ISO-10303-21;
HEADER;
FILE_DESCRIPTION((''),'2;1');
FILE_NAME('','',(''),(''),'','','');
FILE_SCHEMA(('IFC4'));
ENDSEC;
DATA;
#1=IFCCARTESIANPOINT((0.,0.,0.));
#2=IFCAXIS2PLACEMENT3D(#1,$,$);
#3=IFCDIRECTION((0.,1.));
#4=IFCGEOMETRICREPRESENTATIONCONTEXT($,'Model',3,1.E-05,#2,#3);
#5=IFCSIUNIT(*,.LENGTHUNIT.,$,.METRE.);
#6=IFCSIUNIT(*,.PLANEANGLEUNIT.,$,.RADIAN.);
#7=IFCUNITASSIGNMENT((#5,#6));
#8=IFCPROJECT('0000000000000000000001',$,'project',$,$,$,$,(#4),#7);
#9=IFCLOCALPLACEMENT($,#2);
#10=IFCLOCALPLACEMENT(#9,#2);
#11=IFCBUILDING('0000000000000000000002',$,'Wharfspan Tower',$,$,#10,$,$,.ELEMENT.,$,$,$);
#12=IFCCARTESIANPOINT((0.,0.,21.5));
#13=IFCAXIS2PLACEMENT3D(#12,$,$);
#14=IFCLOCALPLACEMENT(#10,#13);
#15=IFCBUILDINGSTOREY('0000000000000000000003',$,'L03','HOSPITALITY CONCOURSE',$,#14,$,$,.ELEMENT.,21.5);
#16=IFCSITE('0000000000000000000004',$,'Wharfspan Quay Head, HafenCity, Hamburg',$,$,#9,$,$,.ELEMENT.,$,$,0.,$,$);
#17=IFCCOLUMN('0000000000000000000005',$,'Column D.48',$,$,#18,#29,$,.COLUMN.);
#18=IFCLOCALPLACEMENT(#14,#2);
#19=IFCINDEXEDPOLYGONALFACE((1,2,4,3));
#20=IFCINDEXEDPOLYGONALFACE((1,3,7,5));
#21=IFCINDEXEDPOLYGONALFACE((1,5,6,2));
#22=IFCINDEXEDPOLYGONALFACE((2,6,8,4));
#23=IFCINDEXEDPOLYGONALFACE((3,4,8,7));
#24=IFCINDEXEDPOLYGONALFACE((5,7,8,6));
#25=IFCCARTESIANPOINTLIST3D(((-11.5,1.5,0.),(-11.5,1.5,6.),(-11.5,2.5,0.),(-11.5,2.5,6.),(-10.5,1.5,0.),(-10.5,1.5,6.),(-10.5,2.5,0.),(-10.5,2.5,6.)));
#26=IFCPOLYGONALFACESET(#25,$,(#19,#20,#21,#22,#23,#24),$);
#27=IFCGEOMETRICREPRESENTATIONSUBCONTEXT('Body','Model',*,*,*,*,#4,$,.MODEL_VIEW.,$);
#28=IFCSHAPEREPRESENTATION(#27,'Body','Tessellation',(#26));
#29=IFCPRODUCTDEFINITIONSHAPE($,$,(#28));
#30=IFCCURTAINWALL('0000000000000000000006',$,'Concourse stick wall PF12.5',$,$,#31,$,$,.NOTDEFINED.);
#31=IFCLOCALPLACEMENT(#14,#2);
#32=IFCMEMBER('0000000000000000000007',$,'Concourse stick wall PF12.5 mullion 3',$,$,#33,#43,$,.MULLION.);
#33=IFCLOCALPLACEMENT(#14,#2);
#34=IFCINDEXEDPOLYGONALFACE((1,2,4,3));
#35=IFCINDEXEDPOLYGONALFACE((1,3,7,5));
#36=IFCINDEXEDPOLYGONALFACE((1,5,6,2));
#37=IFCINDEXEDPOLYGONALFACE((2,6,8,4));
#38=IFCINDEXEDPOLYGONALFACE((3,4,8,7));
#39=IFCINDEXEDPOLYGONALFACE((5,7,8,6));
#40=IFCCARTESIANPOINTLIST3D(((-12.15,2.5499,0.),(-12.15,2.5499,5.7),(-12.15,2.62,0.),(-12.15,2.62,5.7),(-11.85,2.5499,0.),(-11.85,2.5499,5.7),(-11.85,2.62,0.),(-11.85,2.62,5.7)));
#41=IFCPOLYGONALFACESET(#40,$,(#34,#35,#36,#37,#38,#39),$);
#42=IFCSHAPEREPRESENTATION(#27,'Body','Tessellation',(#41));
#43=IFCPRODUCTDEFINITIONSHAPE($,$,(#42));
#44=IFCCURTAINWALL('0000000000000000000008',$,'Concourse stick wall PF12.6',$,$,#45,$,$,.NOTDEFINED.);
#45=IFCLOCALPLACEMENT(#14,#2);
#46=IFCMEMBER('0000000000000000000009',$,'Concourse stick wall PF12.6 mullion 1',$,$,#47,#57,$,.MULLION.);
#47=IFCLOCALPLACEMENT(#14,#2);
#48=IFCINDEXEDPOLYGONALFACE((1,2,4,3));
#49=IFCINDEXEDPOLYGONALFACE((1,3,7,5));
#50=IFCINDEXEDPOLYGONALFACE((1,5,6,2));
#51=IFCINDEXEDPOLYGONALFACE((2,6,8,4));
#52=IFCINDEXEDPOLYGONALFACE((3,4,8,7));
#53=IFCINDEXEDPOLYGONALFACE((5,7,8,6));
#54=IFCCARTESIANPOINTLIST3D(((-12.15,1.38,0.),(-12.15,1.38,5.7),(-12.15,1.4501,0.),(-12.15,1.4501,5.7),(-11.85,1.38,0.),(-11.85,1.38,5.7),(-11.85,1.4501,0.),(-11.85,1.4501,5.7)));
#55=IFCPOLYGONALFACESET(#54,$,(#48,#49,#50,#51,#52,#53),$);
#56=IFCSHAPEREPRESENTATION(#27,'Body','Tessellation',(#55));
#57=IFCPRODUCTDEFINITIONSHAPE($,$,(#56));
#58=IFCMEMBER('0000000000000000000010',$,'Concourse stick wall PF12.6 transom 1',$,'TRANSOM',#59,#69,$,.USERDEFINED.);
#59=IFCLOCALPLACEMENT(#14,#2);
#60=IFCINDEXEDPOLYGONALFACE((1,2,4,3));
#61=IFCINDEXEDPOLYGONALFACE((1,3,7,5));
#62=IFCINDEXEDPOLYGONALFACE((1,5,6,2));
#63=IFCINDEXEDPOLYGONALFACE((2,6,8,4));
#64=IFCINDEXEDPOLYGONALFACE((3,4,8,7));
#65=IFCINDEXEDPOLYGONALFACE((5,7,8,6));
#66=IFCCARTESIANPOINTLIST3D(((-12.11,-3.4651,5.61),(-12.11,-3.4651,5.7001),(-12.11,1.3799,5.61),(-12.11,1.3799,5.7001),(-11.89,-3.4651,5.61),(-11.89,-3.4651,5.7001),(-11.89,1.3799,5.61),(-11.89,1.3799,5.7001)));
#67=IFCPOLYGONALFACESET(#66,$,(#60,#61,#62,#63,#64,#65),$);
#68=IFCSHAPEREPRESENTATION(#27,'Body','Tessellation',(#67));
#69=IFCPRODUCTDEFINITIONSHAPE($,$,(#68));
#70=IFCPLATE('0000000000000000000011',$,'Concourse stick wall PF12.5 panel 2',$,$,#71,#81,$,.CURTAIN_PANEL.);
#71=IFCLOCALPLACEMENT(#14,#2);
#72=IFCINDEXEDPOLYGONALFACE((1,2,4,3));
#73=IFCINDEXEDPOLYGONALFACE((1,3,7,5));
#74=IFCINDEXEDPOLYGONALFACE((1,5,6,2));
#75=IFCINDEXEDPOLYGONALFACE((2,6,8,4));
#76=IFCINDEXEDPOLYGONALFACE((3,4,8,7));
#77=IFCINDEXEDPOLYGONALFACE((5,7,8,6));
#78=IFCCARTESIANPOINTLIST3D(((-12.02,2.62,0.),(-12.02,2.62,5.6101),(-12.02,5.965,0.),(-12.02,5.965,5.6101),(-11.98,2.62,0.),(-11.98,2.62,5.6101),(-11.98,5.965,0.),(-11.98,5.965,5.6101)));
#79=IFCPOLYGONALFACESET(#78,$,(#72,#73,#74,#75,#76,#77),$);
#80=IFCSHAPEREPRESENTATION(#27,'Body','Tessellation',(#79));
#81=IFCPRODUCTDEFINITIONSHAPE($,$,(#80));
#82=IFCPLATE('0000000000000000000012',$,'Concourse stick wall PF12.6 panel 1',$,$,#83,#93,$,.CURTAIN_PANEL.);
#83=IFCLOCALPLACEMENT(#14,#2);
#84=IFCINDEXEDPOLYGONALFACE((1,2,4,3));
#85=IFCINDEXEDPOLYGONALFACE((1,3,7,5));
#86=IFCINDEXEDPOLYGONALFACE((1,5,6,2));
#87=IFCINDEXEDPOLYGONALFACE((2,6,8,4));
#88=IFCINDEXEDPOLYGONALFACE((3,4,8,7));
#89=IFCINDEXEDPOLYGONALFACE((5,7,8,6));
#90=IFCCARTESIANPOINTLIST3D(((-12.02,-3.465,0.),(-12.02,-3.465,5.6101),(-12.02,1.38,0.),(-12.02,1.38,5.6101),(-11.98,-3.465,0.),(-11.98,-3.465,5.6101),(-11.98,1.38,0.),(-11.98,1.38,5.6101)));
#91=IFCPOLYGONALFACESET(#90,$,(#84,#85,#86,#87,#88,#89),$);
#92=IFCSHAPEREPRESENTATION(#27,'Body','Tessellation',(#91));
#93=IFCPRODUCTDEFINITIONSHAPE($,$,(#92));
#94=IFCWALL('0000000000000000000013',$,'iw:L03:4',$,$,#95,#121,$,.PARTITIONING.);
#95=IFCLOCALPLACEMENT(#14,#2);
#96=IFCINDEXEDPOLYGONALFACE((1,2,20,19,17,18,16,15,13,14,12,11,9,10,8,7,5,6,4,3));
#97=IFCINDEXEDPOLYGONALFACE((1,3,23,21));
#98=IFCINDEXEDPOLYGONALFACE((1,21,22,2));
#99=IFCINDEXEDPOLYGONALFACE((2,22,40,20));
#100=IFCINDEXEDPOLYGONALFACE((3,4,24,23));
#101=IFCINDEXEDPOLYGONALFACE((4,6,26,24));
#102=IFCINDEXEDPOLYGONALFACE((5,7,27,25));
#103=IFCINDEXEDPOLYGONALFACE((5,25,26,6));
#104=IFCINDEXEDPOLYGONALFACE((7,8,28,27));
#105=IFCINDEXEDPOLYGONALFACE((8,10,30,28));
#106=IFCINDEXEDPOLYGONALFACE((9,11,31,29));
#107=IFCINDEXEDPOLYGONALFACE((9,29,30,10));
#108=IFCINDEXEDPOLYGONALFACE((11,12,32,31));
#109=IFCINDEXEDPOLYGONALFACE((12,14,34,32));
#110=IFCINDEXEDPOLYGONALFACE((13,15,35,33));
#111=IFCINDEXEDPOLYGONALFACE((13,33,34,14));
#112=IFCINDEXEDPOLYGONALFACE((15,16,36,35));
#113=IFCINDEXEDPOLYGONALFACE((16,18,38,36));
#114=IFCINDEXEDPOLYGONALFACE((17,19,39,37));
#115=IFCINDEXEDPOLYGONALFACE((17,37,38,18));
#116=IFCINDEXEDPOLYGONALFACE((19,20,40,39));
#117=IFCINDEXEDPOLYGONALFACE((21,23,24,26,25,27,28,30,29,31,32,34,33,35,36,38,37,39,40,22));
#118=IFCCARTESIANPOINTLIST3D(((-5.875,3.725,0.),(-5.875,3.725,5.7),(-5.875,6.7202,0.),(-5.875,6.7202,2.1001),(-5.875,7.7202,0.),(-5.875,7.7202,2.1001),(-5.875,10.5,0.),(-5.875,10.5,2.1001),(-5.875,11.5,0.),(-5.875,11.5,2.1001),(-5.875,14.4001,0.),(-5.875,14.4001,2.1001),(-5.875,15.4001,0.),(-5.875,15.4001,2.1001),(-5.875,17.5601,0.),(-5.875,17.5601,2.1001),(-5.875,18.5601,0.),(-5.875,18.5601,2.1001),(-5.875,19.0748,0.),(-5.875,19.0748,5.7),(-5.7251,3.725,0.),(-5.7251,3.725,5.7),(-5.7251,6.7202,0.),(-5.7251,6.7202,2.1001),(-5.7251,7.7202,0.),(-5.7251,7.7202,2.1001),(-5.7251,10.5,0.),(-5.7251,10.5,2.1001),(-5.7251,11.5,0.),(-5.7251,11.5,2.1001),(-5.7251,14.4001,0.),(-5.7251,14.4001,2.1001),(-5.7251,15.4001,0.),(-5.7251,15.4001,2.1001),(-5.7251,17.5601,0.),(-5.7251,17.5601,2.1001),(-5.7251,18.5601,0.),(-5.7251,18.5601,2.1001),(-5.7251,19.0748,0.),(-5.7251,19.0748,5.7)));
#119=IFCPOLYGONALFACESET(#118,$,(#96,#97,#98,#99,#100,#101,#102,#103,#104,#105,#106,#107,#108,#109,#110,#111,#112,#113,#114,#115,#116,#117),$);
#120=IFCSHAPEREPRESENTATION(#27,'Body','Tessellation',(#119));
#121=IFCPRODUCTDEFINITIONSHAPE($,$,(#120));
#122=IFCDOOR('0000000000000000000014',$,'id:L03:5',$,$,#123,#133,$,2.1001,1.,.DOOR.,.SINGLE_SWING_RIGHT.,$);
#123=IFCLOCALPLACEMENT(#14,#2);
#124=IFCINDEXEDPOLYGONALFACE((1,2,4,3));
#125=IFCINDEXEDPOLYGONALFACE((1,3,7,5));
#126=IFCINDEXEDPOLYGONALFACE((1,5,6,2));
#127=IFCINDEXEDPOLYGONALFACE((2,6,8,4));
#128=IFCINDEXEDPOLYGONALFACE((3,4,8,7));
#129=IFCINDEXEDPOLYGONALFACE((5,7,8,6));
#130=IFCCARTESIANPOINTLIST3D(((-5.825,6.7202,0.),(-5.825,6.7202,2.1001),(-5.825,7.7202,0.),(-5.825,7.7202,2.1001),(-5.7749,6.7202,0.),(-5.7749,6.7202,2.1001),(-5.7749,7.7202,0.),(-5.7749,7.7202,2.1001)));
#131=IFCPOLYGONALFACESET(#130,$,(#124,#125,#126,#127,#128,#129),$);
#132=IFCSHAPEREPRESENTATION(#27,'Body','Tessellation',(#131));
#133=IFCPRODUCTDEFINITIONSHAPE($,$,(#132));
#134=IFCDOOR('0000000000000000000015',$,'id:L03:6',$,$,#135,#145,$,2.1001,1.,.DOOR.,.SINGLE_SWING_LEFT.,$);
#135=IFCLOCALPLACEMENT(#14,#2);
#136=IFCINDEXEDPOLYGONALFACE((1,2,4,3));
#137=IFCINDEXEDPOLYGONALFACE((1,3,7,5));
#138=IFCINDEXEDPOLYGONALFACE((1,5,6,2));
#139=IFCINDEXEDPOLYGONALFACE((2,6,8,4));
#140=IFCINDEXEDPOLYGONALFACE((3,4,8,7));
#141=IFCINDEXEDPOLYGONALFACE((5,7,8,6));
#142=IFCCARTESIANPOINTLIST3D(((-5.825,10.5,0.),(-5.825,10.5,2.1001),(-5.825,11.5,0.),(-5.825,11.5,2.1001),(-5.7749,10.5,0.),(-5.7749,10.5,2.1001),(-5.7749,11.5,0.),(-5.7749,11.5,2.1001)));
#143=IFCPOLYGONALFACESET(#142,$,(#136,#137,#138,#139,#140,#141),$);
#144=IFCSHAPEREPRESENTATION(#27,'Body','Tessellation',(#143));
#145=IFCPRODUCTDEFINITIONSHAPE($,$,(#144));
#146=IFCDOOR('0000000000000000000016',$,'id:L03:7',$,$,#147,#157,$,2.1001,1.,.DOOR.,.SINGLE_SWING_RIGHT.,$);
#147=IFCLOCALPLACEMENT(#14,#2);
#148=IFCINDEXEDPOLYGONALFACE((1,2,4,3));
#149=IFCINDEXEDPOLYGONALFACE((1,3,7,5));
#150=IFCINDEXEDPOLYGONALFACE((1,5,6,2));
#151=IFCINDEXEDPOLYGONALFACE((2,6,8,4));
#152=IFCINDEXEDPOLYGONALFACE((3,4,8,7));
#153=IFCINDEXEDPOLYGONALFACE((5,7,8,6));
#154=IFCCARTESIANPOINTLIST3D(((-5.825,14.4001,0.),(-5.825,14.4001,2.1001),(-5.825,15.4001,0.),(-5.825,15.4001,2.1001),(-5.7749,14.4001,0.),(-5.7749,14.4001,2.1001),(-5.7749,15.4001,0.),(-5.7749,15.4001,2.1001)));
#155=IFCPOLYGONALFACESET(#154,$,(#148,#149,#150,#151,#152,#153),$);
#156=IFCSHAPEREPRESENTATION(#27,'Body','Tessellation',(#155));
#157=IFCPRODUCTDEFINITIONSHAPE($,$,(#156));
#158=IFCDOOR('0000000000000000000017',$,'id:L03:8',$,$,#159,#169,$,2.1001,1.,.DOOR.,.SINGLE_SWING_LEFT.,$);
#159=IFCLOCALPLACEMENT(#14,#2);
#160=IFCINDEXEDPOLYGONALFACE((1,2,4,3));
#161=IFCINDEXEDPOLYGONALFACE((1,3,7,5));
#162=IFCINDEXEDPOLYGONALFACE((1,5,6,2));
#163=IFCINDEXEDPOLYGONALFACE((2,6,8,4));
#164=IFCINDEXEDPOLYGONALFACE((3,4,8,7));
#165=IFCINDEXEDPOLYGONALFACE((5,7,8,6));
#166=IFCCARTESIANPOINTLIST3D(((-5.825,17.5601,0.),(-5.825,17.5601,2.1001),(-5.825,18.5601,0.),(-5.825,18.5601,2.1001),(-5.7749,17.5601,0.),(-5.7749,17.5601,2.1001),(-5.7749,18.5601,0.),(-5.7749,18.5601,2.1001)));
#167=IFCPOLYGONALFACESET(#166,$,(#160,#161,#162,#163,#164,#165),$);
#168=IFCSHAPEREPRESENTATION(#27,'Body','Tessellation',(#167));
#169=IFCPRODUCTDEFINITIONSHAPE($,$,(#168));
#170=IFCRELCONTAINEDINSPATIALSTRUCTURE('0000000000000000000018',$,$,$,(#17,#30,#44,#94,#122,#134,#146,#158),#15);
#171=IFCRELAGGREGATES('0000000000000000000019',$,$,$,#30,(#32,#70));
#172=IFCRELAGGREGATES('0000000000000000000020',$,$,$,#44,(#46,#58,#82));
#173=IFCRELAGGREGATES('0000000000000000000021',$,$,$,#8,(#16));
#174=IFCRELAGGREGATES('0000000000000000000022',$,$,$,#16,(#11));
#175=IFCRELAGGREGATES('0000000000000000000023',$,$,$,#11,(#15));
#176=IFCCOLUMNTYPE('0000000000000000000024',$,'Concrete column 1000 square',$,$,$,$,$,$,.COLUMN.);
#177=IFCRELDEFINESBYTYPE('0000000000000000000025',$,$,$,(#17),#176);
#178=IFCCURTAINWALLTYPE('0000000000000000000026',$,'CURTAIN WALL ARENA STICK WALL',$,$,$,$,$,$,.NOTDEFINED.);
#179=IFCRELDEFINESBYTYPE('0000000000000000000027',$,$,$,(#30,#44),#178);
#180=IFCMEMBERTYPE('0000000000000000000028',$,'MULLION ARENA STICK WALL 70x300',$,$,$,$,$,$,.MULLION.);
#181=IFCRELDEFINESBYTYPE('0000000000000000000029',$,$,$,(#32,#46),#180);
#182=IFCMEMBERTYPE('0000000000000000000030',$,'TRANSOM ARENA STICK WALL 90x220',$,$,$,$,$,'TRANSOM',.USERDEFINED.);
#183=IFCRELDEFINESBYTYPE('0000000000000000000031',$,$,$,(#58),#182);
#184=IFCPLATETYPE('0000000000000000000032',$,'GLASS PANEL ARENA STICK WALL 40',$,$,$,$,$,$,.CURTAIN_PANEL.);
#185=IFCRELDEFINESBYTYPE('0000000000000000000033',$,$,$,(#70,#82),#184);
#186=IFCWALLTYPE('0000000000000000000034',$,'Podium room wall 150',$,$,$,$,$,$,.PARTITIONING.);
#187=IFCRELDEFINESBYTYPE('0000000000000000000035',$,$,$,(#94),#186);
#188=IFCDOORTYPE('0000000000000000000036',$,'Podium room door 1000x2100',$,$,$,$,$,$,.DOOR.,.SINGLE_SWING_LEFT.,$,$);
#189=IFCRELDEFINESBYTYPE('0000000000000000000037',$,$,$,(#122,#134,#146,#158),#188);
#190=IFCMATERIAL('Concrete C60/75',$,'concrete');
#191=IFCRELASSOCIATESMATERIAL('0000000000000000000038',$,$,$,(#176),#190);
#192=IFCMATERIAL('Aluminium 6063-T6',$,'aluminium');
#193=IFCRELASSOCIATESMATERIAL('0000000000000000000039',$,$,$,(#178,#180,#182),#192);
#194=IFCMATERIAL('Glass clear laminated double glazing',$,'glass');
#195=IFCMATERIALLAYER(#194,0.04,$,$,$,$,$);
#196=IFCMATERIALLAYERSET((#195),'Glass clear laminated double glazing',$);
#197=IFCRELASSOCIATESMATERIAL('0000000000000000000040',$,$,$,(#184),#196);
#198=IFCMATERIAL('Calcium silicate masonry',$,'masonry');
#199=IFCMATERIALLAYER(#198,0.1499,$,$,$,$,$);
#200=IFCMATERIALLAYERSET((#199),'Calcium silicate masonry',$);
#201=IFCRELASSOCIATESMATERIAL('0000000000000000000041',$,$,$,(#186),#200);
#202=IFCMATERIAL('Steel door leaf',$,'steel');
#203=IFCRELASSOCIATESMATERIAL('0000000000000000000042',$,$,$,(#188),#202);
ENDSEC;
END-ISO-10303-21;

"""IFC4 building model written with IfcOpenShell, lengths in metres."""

from ifc_helpers import new_model, si_unit, direction, frame, frame_2d, origin, origin_2d, place, context, subcontext, project, spatial, rectangle, extrude, material, layer, layer_set, material_profile, profile_set, type_object, element, fill, aggregate, save


model = new_model("IFC4")

# Units and contexts
model_context = context("Model", 3, precision=1e-05, world=origin(), true_north=direction((0.0, 1.0)))
body_context = subcontext(model_context, "Body", "Model", "MODEL_VIEW")
ifc_project = project(units=[si_unit("LENGTHUNIT", "METRE"), si_unit("PLANEANGLEUNIT", "RADIAN")], contexts=[model_context])

# Site, building, storey
site_placement = place(None, origin())
site = spatial("IfcSite", under=ifc_project, at=site_placement, Name="Wharfspan Quay Head, HafenCity, Hamburg", CompositionType="ELEMENT", RefElevation=0.0)
building_placement = place(site_placement, origin())
building = spatial("IfcBuilding", under=site, at=building_placement, Name="Wharfspan Tower", CompositionType="ELEMENT")
storey_placement = place(building_placement, frame((0.0, 0.0, 21.5)))
storey = spatial("IfcBuildingStorey", under=building, at=storey_placement, Name="L03", Description="HOSPITALITY CONCOURSE", CompositionType="ELEMENT", Elevation=21.5)

# Column
ifc_material_1 = material(Name="Concrete C60/75", Category="concrete")
ifc_material_profile_1 = material_profile(ifc_material_1, rectangle(XDim=1.0, YDim=1.0, at=origin_2d()))
ifc_profile_set_1 = profile_set([ifc_material_profile_1], Name="Concrete C60/75")
column_type = type_object("IfcColumnType", Name="Concrete column 1000 square", PredefinedType="COLUMN", material=ifc_profile_set_1)
column_placement = place(storey_placement, frame((-11.0, 2.0, 0.0), z_axis=(0.0, 0.0, 1.0), x_axis=(1.0, 0.0, 0.0)))
element("IfcColumn", 1, at=column_placement, inside=storey, type_object=column_type, Name="Column D.48", PredefinedType="COLUMN", context=body_context, shape_type="SweptSolid", body=[
    extrude(rectangle(XDim=1.0, YDim=1.0, at=origin_2d()), origin(), (0.0, 0.0, 1.0), 6.0),
])

# Curtain wall, member
ifc_material_2 = material(Name="Aluminium 6063-T6", Category="aluminium")
curtain_wall_type = type_object("IfcCurtainWallType", Name="CURTAIN WALL ARENA STICK WALL", PredefinedType="NOTDEFINED", material=ifc_material_2)
curtain_wall_1_placement = place(storey_placement, origin())
curtain_wall_1 = element("IfcCurtainWall", 2, at=curtain_wall_1_placement, inside=storey, type_object=curtain_wall_type, Name="Concourse stick wall PF12.5", PredefinedType="NOTDEFINED")
ifc_material_profile_2 = material_profile(ifc_material_2, rectangle(XDim=0.3, YDim=0.0701, at=origin_2d()))
ifc_profile_set_2 = profile_set([ifc_material_profile_2], Name="Aluminium 6063-T6")
member_type_1 = type_object("IfcMemberType", Name="MULLION ARENA STICK WALL 70x300", PredefinedType="MULLION", material=ifc_profile_set_2)
member_1_placement = place(storey_placement, frame((-12.0, 2.585, 0.0), z_axis=(0.0, 0.0, 1.0), x_axis=(1.0, 0.0, 0.0)))
member_1 = element("IfcMember", 3, at=member_1_placement, type_object=member_type_1, Name="Concourse stick wall PF12.5 mullion 3", PredefinedType="MULLION", context=body_context, shape_type="SweptSolid", body=[
    extrude(rectangle(XDim=0.3, YDim=0.0701, at=origin_2d()), origin(), (0.0, 0.0, 1.0), 5.7),
])

# Curtain wall, members
curtain_wall_2_placement = place(storey_placement, origin())
curtain_wall_2 = element("IfcCurtainWall", 4, at=curtain_wall_2_placement, inside=storey, type_object=curtain_wall_type, Name="Concourse stick wall PF12.6", PredefinedType="NOTDEFINED")
member_2_placement = place(storey_placement, frame((-12.0, 1.415, 0.0), z_axis=(0.0, 0.0, 1.0), x_axis=(1.0, 0.0, 0.0)))
member_2 = element("IfcMember", 5, at=member_2_placement, type_object=member_type_1, Name="Concourse stick wall PF12.6 mullion 1", PredefinedType="MULLION", context=body_context, shape_type="SweptSolid", body=[
    extrude(rectangle(XDim=0.3, YDim=0.0701, at=origin_2d()), origin(), (0.0, 0.0, 1.0), 5.7),
])
ifc_material_profile_3 = material_profile(ifc_material_2, rectangle(XDim=0.22, YDim=0.0901, at=origin_2d()))
ifc_profile_set_3 = profile_set([ifc_material_profile_3], Name="Aluminium 6063-T6")
member_type_2 = type_object("IfcMemberType", Name="TRANSOM ARENA STICK WALL 90x220", ElementType="TRANSOM", PredefinedType="USERDEFINED", material=ifc_profile_set_3)
member_3_placement = place(storey_placement, frame((-12.0, 1.3799, 5.655), z_axis=(0.0, -1.0, 0.0), x_axis=(1.0, 0.0, 0.0)))
member_3 = element("IfcMember", 6, at=member_3_placement, type_object=member_type_2, Name="Concourse stick wall PF12.6 transom 1", ObjectType="TRANSOM", PredefinedType="USERDEFINED", context=body_context, shape_type="SweptSolid", body=[
    extrude(rectangle(XDim=0.22, YDim=0.0901, at=origin_2d()), origin(), (0.0, 0.0, 1.0), 4.845),
])

# Plates
ifc_material_3 = material(Name="Glass clear laminated double glazing", Category="glass")
ifc_layer_1 = layer(ifc_material_3, 0.04)
ifc_layer_set_1 = layer_set([ifc_layer_1], Name="Glass clear laminated double glazing")
plate_type = type_object("IfcPlateType", Name="GLASS PANEL ARENA STICK WALL 40", PredefinedType="CURTAIN_PANEL", material=ifc_layer_set_1)
plate_1_placement = place(storey_placement, frame((-12.0, 4.2925, 0.0), z_axis=(0.0, 0.0, 1.0), x_axis=(0.0, -1.0, 0.0)))
plate_1 = element("IfcPlate", 7, at=plate_1_placement, type_object=plate_type, Name="Concourse stick wall PF12.5 panel 2", PredefinedType="CURTAIN_PANEL", context=body_context, shape_type="SweptSolid", body=[
    extrude(rectangle(XDim=3.345, YDim=0.04, at=origin_2d()), origin(), (0.0, 0.0, 1.0), 5.6101),
])
aggregate(curtain_wall_1, [member_1, plate_1])
plate_2_placement = place(storey_placement, frame((-12.0, -1.0425, 0.0), z_axis=(0.0, 0.0, 1.0), x_axis=(0.0, -1.0, 0.0)))
plate_2 = element("IfcPlate", 8, at=plate_2_placement, type_object=plate_type, Name="Concourse stick wall PF12.6 panel 1", PredefinedType="CURTAIN_PANEL", context=body_context, shape_type="SweptSolid", body=[
    extrude(rectangle(XDim=4.845, YDim=0.04, at=origin_2d()), origin(), (0.0, 0.0, 1.0), 5.6101),
])
aggregate(curtain_wall_2, [member_2, member_3, plate_2])

# Wall, openings, doors
ifc_material_4 = material(Name="Calcium silicate masonry", Category="masonry")
ifc_layer_2 = layer(ifc_material_4, 0.1499)
ifc_layer_set_2 = layer_set([ifc_layer_2], Name="Calcium silicate masonry")
wall_type_1 = type_object("IfcWallType", Name="Podium room wall 150", PredefinedType="PARTITIONING", material=ifc_layer_set_2)
wall_1_placement = place(storey_placement, frame((-5.8, 3.7251, 0.0), z_axis=(0.0, 0.0, 1.0), x_axis=(0.0, 1.0, 0.0)))
wall_1 = element("IfcWall", 9, at=wall_1_placement, inside=storey, type_object=wall_type_1, Name="iw:L03:4", PredefinedType="PARTITIONING", context=body_context, shape_type="SweptSolid", body=[
    extrude(rectangle(XDim=15.3499, YDim=0.1499, at=frame_2d((7.6748, 0.0))), origin(), (0.0, 0.0, 1.0), 5.7),
])
opening_1_placement = place(wall_1_placement, frame((2.9951, 0.0, 0.0)))
opening_1 = element("IfcOpeningElement", 10, at=opening_1_placement, cuts=wall_1, PredefinedType="OPENING", context=body_context, shape_type="SweptSolid", body=[
    extrude(rectangle(XDim=1.0, YDim=2.1001, at=frame_2d((0.5, 1.05))), frame((0.0, 0.085, 0.0), z_axis=(0.0, -1.0, 0.0), x_axis=(1.0, 0.0, 0.0)), (0.0, 0.0, 1.0), 0.1699),
])
opening_2_placement = place(wall_1_placement, frame((6.7749, 0.0, 0.0)))
opening_2 = element("IfcOpeningElement", 11, at=opening_2_placement, cuts=wall_1, PredefinedType="OPENING", context=body_context, shape_type="SweptSolid", body=[
    extrude(rectangle(XDim=1.0, YDim=2.1001, at=frame_2d((0.5, 1.05))), frame((0.0, 0.085, 0.0), z_axis=(0.0, -1.0, 0.0), x_axis=(1.0, 0.0, 0.0)), (0.0, 0.0, 1.0), 0.1699),
])
opening_3_placement = place(wall_1_placement, frame((10.675, 0.0, 0.0)))
opening_3 = element("IfcOpeningElement", 12, at=opening_3_placement, cuts=wall_1, PredefinedType="OPENING", context=body_context, shape_type="SweptSolid", body=[
    extrude(rectangle(XDim=1.0, YDim=2.1001, at=frame_2d((0.5, 1.05))), frame((0.0, 0.085, 0.0), z_axis=(0.0, -1.0, 0.0), x_axis=(1.0, 0.0, 0.0)), (0.0, 0.0, 1.0), 0.1699),
])
opening_4_placement = place(wall_1_placement, frame((13.835, 0.0, 0.0)))
opening_4 = element("IfcOpeningElement", 13, at=opening_4_placement, cuts=wall_1, PredefinedType="OPENING", context=body_context, shape_type="SweptSolid", body=[
    extrude(rectangle(XDim=1.0, YDim=2.1001, at=frame_2d((0.5, 1.05))), frame((0.0, 0.085, 0.0), z_axis=(0.0, -1.0, 0.0), x_axis=(1.0, 0.0, 0.0)), (0.0, 0.0, 1.0), 0.1699),
])
ifc_material_5 = material(Name="Steel door leaf", Category="steel")
door_type = type_object("IfcDoorType", Name="Podium room door 1000x2100", OperationType="SINGLE_SWING_LEFT", PredefinedType="DOOR", material=ifc_material_5)
door_1_placement = place(opening_1_placement, origin())
door_1 = element("IfcDoor", 14, at=door_1_placement, inside=storey, type_object=door_type, Name="id:L03:5", OperationType="SINGLE_SWING_RIGHT", OverallHeight=2.1001, OverallWidth=1.0, PredefinedType="DOOR", context=body_context, shape_type="SweptSolid", body=[
    extrude(rectangle(XDim=1.0, YDim=2.1001, at=frame_2d((0.5, 1.05))), frame((0.0, 0.0249, 0.0), z_axis=(0.0, -1.0, 0.0), x_axis=(1.0, 0.0, 0.0)), (0.0, 0.0, 1.0), 0.05),
])
fill(opening_1, door_1)
door_2_placement = place(opening_2_placement, origin())
door_2 = element("IfcDoor", 15, at=door_2_placement, inside=storey, type_object=door_type, Name="id:L03:6", OperationType="SINGLE_SWING_LEFT", OverallHeight=2.1001, OverallWidth=1.0, PredefinedType="DOOR", context=body_context, shape_type="SweptSolid", body=[
    extrude(rectangle(XDim=1.0, YDim=2.1001, at=frame_2d((0.5, 1.05))), frame((0.0, 0.0249, 0.0), z_axis=(0.0, -1.0, 0.0), x_axis=(1.0, 0.0, 0.0)), (0.0, 0.0, 1.0), 0.05),
])
fill(opening_2, door_2)
door_3_placement = place(opening_3_placement, origin())
door_3 = element("IfcDoor", 16, at=door_3_placement, inside=storey, type_object=door_type, Name="id:L03:7", OperationType="SINGLE_SWING_RIGHT", OverallHeight=2.1001, OverallWidth=1.0, PredefinedType="DOOR", context=body_context, shape_type="SweptSolid", body=[
    extrude(rectangle(XDim=1.0, YDim=2.1001, at=frame_2d((0.5, 1.05))), frame((0.0, 0.0249, 0.0), z_axis=(0.0, -1.0, 0.0), x_axis=(1.0, 0.0, 0.0)), (0.0, 0.0, 1.0), 0.05),
])
fill(opening_3, door_3)
door_4_placement = place(opening_4_placement, origin())
door_4 = element("IfcDoor", 17, at=door_4_placement, inside=storey, type_object=door_type, Name="id:L03:8", OperationType="SINGLE_SWING_LEFT", OverallHeight=2.1001, OverallWidth=1.0, PredefinedType="DOOR", context=body_context, shape_type="SweptSolid", body=[
    extrude(rectangle(XDim=1.0, YDim=2.1001, at=frame_2d((0.5, 1.05))), frame((0.0, 0.0249, 0.0), z_axis=(0.0, -1.0, 0.0), x_axis=(1.0, 0.0, 0.0)), (0.0, 0.0, 1.0), 0.05),
])
fill(opening_4, door_4)

save(model, "model.ifc")
